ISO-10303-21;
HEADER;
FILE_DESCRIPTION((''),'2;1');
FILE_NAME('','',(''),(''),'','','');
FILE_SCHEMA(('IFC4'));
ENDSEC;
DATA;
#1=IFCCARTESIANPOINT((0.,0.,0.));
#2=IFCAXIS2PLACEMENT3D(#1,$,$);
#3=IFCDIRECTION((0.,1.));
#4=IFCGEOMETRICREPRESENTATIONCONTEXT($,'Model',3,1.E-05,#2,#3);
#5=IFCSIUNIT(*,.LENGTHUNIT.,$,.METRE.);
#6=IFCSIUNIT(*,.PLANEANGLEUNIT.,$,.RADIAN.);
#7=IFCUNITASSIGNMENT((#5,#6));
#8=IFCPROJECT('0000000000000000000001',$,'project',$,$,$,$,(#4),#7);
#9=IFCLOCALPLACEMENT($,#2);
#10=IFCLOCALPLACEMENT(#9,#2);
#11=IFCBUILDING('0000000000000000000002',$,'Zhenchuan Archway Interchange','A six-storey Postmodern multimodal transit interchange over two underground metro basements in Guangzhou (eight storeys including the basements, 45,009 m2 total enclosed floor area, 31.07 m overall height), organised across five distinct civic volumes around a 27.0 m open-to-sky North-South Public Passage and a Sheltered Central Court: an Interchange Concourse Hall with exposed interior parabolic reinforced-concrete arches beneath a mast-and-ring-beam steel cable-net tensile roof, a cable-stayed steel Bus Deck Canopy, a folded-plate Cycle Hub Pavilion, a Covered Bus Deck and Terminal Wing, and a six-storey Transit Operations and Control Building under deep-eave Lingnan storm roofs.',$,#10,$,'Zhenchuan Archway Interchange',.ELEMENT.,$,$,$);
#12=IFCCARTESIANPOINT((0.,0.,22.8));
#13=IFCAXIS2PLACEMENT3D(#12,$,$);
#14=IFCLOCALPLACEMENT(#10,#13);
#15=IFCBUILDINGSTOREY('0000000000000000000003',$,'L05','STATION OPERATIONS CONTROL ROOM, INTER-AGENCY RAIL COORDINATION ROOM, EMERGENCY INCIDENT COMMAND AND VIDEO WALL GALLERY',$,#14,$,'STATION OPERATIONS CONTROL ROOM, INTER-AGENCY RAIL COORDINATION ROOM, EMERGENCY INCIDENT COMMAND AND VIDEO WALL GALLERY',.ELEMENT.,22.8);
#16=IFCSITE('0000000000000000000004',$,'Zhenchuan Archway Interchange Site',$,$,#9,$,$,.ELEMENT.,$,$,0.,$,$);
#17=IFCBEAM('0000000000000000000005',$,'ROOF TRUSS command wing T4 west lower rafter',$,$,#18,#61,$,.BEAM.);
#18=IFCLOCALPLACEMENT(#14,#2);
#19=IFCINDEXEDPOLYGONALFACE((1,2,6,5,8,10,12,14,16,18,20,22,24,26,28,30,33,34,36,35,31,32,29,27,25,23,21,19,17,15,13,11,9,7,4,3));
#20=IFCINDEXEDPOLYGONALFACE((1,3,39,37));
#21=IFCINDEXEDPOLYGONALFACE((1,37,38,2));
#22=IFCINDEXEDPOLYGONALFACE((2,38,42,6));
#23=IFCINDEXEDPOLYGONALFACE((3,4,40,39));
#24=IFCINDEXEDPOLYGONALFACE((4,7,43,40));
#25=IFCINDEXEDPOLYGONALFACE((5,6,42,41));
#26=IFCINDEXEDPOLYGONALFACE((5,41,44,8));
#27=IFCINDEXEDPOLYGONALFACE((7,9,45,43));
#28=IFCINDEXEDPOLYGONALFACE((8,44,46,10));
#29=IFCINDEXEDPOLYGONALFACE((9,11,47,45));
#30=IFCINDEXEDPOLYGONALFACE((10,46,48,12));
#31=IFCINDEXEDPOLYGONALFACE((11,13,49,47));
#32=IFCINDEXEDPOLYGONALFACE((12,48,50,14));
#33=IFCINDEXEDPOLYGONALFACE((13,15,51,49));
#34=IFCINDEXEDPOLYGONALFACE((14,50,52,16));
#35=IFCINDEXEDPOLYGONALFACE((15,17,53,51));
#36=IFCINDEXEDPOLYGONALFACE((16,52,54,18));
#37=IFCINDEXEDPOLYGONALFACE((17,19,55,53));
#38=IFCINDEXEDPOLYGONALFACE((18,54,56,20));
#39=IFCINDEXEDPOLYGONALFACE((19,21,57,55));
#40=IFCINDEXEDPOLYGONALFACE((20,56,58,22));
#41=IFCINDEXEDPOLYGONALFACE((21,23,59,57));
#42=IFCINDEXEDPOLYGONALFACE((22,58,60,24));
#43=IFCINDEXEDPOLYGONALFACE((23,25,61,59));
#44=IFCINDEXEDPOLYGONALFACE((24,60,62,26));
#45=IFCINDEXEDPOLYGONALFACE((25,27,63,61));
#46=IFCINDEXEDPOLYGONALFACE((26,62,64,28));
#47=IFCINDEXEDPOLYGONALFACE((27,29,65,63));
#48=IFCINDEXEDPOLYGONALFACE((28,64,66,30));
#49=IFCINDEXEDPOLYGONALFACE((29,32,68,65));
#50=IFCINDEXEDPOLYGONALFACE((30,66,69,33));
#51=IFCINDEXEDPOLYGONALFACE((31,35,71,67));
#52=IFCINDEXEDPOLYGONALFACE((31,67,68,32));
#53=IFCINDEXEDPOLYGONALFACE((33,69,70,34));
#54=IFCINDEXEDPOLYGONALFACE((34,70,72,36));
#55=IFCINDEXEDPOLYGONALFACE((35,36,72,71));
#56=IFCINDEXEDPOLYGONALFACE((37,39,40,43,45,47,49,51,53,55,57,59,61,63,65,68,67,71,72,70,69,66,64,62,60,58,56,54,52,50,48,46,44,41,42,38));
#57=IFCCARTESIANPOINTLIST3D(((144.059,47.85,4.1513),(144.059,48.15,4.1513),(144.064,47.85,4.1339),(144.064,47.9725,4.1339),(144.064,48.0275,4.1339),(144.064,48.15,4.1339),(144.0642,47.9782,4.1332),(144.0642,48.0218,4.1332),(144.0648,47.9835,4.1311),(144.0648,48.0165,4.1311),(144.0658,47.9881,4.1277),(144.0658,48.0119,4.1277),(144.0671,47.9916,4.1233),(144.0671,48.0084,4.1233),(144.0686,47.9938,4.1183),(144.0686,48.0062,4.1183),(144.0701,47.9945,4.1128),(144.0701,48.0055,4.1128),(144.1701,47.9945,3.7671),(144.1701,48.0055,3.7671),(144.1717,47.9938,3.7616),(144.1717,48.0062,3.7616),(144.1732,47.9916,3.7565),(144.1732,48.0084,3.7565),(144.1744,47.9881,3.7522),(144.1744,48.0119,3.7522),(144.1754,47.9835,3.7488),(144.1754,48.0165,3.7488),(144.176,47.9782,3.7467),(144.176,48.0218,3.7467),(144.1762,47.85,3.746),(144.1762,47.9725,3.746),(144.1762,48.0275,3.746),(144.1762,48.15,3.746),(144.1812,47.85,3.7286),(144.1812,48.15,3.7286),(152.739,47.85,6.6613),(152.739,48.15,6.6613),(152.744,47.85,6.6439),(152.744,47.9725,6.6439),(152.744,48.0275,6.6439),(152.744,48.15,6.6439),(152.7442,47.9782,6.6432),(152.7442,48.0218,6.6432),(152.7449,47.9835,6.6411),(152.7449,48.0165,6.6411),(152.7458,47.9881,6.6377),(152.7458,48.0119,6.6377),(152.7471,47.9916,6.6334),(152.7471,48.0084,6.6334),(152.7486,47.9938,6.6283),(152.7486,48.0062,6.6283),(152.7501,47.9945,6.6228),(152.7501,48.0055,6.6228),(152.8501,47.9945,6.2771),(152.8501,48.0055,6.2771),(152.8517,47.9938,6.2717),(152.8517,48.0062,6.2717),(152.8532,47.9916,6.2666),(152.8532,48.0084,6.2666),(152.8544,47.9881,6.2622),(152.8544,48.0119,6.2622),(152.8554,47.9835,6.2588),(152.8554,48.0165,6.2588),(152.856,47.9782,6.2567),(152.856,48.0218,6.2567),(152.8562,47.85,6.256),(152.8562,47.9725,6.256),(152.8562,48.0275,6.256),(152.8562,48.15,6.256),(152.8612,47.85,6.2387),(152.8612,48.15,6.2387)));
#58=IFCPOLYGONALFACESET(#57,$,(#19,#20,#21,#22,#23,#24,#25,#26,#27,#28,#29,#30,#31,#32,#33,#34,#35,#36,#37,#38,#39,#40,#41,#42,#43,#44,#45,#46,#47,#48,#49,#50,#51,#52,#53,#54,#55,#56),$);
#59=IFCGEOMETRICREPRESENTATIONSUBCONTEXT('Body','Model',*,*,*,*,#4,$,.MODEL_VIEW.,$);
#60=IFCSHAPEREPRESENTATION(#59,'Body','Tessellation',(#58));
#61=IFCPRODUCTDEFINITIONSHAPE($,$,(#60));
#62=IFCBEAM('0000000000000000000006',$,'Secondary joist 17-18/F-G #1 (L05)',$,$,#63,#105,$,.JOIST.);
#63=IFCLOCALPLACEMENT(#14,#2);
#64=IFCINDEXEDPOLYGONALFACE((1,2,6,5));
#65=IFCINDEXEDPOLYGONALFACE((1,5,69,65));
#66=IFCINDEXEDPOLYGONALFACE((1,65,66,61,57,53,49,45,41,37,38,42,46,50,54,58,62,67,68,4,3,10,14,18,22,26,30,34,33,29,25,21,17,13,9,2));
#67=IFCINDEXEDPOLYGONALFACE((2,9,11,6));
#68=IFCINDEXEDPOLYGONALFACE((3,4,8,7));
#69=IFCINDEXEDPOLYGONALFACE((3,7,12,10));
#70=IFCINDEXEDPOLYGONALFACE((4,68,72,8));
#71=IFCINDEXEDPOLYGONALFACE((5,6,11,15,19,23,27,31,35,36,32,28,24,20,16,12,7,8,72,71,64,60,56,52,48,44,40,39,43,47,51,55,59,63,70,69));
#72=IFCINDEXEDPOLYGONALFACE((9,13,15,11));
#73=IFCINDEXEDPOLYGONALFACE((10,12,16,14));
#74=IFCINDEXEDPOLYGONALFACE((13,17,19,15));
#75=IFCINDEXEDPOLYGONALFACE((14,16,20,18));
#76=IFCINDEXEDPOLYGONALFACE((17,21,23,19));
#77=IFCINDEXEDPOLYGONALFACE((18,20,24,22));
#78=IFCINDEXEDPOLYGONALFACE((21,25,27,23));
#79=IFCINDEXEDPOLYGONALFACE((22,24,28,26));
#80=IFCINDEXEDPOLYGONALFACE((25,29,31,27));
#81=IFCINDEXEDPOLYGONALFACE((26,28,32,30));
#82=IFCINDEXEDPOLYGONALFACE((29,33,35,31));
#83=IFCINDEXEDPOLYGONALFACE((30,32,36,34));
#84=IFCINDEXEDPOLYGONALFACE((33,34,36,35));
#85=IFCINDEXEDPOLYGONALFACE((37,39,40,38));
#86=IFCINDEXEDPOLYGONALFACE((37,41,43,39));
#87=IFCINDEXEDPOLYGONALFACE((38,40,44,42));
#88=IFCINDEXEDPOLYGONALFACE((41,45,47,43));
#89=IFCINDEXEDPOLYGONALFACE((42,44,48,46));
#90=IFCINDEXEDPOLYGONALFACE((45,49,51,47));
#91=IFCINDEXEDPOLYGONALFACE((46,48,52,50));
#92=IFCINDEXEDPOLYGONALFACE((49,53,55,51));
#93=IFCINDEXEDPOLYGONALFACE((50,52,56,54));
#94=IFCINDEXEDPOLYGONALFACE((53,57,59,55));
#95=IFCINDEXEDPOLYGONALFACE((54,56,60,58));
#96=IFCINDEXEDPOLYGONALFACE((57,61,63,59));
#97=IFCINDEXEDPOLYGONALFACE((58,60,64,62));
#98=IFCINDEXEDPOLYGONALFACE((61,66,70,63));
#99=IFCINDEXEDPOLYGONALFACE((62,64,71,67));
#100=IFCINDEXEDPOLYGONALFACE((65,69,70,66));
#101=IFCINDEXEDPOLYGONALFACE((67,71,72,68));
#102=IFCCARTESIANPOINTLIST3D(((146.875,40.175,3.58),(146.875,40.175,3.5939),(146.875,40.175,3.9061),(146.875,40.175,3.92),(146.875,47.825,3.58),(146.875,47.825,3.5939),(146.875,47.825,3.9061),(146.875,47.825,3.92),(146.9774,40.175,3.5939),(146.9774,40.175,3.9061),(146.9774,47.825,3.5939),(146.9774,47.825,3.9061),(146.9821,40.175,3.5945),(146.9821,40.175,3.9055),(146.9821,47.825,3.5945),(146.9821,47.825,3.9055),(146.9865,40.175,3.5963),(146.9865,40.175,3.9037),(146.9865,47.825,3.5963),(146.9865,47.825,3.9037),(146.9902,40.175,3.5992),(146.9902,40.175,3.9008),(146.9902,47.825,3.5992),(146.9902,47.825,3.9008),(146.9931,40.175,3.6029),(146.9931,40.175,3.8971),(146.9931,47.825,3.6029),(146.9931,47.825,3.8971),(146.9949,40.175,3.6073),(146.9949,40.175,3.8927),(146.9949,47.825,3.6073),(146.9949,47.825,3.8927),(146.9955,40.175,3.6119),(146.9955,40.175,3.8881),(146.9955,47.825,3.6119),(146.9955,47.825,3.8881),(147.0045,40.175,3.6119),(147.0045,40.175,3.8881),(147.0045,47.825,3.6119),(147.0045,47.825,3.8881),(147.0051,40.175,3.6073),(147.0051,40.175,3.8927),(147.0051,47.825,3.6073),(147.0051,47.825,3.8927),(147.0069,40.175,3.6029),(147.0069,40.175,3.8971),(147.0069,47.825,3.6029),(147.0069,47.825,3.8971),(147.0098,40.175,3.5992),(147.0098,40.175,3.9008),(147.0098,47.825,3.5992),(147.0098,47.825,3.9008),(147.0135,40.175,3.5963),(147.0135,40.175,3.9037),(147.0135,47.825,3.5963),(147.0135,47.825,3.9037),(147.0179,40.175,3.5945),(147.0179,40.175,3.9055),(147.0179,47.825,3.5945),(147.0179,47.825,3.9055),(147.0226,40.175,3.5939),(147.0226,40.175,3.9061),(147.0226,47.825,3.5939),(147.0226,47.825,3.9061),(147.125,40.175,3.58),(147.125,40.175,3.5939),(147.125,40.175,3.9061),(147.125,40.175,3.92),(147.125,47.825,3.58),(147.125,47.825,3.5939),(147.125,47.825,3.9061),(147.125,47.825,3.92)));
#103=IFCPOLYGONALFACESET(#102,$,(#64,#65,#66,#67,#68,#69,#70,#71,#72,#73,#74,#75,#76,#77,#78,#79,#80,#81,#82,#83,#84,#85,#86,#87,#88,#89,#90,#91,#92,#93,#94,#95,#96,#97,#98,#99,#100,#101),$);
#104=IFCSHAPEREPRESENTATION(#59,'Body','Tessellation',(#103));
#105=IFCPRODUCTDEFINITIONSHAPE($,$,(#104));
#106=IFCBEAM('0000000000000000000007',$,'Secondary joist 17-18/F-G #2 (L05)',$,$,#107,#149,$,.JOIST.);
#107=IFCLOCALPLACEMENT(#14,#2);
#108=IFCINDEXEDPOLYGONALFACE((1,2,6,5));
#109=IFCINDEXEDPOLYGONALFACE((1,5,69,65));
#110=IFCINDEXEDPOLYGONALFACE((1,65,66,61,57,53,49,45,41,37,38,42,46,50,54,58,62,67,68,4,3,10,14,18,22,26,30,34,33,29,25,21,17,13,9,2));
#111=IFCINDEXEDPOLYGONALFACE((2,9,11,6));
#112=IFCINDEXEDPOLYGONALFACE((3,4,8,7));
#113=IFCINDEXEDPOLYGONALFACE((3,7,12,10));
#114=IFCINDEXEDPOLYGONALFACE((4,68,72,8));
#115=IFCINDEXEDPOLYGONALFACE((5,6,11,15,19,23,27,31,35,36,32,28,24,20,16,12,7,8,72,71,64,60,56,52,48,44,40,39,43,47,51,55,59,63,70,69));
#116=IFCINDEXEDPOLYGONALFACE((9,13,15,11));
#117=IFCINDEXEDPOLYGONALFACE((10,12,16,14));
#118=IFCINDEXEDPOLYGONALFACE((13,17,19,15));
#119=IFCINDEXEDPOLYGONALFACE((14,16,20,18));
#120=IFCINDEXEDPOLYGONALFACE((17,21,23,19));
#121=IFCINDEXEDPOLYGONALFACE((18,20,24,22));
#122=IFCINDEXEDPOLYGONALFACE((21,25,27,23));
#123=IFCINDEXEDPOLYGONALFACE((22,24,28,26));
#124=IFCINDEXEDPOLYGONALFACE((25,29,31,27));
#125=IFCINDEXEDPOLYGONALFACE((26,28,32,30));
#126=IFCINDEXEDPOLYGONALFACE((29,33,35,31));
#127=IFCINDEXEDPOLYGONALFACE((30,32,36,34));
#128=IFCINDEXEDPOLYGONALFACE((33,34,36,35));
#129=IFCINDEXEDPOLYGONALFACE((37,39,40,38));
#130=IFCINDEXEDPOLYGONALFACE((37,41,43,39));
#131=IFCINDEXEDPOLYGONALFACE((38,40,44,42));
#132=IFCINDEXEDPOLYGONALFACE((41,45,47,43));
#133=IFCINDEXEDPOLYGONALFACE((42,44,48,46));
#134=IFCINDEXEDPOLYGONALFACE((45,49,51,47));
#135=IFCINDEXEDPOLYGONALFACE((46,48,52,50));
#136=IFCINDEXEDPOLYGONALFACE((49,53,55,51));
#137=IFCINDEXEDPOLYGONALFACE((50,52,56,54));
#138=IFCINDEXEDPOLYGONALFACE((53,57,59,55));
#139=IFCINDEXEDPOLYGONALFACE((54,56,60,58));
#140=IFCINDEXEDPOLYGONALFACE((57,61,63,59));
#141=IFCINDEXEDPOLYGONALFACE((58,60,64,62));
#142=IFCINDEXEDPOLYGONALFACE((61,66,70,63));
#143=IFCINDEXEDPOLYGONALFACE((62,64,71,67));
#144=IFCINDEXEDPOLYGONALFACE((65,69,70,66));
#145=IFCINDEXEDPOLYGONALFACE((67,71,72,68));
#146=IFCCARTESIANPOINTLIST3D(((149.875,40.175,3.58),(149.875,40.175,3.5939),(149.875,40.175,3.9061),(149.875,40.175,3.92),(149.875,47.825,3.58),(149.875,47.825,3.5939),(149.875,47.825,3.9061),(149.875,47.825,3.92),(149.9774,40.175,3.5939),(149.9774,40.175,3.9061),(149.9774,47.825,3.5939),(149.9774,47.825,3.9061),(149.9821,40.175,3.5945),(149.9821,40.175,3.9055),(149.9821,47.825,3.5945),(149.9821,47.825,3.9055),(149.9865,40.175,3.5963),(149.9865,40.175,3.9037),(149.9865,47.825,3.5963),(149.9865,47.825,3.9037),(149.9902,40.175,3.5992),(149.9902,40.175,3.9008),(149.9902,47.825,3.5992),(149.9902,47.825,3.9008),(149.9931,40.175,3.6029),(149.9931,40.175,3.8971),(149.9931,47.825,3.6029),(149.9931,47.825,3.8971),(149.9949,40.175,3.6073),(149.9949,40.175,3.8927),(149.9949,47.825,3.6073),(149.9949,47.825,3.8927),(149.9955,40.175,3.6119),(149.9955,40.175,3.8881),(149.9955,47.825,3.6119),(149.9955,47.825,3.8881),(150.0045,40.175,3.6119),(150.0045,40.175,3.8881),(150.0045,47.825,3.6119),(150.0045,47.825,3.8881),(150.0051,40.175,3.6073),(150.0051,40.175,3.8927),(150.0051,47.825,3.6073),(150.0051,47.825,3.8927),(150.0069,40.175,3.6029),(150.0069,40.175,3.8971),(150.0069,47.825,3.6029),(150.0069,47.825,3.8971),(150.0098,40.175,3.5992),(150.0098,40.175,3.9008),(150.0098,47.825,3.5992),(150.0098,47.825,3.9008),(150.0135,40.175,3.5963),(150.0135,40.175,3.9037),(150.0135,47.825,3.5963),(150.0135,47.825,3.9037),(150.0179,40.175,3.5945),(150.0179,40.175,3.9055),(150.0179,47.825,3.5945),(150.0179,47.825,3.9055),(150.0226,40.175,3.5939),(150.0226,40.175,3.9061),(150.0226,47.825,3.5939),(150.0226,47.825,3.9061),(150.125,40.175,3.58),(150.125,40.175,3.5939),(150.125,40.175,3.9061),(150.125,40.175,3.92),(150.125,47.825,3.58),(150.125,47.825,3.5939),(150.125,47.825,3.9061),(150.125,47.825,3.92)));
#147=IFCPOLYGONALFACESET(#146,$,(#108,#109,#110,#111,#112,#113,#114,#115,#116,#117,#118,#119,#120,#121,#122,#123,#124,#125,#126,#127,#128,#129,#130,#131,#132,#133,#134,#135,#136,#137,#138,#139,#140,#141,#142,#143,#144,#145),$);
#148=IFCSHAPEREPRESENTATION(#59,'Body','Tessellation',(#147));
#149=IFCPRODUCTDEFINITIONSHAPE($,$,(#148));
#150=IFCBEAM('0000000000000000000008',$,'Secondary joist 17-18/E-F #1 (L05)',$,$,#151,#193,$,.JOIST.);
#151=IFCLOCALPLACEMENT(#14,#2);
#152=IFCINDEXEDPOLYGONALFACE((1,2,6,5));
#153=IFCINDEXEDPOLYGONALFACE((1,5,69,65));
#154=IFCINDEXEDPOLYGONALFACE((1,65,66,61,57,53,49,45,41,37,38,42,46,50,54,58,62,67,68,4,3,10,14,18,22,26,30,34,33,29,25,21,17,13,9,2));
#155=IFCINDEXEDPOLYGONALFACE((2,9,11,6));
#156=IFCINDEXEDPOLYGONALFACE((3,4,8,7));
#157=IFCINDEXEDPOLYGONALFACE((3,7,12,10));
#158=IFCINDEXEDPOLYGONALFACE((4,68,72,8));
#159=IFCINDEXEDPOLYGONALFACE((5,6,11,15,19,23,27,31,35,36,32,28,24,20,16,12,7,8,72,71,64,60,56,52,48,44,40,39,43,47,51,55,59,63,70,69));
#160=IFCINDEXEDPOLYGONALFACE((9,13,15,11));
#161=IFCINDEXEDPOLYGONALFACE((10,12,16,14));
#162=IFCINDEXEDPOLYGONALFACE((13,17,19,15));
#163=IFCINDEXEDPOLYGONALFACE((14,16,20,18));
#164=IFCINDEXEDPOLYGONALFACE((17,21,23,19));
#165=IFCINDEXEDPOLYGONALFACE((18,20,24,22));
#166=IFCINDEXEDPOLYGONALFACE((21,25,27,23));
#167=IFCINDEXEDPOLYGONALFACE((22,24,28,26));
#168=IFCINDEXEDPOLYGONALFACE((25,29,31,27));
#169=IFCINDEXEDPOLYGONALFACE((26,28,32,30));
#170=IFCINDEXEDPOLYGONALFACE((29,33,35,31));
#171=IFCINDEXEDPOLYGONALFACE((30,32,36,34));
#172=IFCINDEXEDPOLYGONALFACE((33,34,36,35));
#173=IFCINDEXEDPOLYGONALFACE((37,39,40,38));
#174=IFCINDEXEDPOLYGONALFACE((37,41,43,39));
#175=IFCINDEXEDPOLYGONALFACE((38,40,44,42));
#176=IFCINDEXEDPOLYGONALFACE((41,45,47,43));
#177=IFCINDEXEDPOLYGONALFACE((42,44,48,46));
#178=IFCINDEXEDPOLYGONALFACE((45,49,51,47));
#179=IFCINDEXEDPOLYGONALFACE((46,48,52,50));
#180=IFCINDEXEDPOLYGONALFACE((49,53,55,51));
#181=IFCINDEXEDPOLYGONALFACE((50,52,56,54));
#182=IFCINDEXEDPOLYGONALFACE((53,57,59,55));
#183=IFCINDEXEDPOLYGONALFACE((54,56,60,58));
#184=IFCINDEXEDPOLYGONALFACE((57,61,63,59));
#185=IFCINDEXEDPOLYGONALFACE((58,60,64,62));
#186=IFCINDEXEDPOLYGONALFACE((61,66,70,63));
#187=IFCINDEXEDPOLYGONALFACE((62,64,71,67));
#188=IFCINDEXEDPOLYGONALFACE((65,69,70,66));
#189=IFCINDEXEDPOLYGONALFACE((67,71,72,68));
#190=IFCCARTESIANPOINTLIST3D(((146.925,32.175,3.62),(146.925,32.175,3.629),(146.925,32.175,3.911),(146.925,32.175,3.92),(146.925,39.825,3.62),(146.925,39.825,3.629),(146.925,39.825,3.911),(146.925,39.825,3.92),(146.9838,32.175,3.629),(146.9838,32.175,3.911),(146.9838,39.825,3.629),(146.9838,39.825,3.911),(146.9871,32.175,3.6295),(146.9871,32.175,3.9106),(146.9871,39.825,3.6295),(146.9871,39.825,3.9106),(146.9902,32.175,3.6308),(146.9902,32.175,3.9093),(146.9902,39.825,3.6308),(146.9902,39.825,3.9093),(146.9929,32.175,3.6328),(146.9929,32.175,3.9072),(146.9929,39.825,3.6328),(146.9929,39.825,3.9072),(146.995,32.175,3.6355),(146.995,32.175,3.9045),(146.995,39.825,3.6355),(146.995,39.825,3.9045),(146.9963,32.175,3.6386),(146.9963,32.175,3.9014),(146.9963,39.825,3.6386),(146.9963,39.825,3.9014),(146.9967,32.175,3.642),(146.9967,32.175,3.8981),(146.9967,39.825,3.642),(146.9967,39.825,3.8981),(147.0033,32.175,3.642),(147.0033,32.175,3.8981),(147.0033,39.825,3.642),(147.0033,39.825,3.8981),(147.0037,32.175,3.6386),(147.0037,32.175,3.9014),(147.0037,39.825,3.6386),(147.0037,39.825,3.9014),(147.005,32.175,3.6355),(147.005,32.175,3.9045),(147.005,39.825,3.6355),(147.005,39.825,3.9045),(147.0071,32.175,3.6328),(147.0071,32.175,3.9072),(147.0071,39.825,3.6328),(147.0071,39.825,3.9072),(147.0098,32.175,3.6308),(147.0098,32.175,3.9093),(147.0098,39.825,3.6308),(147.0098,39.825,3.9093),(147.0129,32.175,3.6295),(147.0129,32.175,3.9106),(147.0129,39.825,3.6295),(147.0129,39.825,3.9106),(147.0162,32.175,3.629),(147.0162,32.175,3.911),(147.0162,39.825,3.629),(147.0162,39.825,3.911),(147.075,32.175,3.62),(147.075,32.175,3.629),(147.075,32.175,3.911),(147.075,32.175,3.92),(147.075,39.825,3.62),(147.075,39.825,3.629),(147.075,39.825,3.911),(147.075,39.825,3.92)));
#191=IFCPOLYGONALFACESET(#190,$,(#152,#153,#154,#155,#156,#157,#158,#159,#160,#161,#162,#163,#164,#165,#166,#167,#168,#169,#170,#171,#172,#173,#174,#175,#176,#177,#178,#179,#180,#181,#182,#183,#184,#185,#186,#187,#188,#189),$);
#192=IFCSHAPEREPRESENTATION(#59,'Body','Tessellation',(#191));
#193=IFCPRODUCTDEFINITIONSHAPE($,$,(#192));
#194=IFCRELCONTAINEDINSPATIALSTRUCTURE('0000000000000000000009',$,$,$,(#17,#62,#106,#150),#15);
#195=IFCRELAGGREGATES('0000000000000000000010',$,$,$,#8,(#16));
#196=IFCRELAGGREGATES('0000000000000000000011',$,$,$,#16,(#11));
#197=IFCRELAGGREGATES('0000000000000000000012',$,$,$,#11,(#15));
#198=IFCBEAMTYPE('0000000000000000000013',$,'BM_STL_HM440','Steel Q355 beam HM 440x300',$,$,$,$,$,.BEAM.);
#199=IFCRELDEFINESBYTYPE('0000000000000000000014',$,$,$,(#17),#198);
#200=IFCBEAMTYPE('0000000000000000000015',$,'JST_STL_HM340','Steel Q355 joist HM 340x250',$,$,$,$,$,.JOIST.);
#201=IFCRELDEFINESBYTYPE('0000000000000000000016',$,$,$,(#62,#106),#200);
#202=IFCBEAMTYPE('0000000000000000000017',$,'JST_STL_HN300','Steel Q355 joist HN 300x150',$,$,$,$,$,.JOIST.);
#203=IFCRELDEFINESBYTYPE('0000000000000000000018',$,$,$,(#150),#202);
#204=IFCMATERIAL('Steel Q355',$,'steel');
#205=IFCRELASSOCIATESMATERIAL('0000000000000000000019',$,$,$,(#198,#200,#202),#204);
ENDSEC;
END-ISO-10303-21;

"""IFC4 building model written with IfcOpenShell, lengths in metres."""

from ifc_helpers import new_model, si_unit, direction, frame, origin, origin_2d, place, context, subcontext, project, spatial, i_section, extrude, material, material_profile, profile_set, type_object, element, save


model = new_model("IFC4")

# Units and contexts
model_context = context("Model", 3, precision=1e-05, world=origin(), true_north=direction((0.0, 1.0)))
body_context = subcontext(model_context, "Body", "Model", "MODEL_VIEW")
ifc_project = project(units=[si_unit("LENGTHUNIT", "METRE"), si_unit("PLANEANGLEUNIT", "RADIAN")], contexts=[model_context])

# Site, building, storey
site_placement = place(None, origin())
site = spatial("IfcSite", under=ifc_project, at=site_placement, Name="Zhenchuan Archway Interchange Site", CompositionType="ELEMENT", RefElevation=0.0)
building_placement = place(site_placement, origin())
building = spatial("IfcBuilding", under=site, at=building_placement, Name="Zhenchuan Archway Interchange", Description="A six-storey Postmodern multimodal transit interchange over two underground metro basements in Guangzhou (eight storeys including the basements, 45,009 m2 total enclosed floor area, 31.07 m overall height), organised across five distinct civic volumes around a 27.0 m open-to-sky North-South Public Passage and a Sheltered Central Court: an Interchange Concourse Hall with exposed interior parabolic reinforced-concrete arches beneath a mast-and-ring-beam steel cable-net tensile roof, a cable-stayed steel Bus Deck Canopy, a folded-plate Cycle Hub Pavilion, a Covered Bus Deck and Terminal Wing, and a six-storey Transit Operations and Control Building under deep-eave Lingnan storm roofs.", LongName="Zhenchuan Archway Interchange", CompositionType="ELEMENT")
storey_placement = place(building_placement, frame((0.0, 0.0, 22.8)))
storey = spatial("IfcBuildingStorey", under=building, at=storey_placement, Name="L05", Description="STATION OPERATIONS CONTROL ROOM, INTER-AGENCY RAIL COORDINATION ROOM, EMERGENCY INCIDENT COMMAND AND VIDEO WALL GALLERY", LongName="STATION OPERATIONS CONTROL ROOM, INTER-AGENCY RAIL COORDINATION ROOM, EMERGENCY INCIDENT COMMAND AND VIDEO WALL GALLERY", CompositionType="ELEMENT", Elevation=22.8)

# Beams
ifc_material_1 = material(Name="Steel Q355", Category="steel")
ifc_material_profile_1 = material_profile(ifc_material_1, i_section(OverallWidth=0.3, OverallDepth=0.4399, WebThickness=0.011, FlangeThickness=0.0181, FilletRadius=0.022, at=origin_2d()), Name="HM 440x300")
ifc_profile_set_1 = profile_set([ifc_material_profile_1], Name="Steel Q355")
beam_type_1 = type_object("IfcBeamType", Name="BM_STL_HM440", Description="Steel Q355 beam HM 440x300", PredefinedType="BEAM", material=ifc_profile_set_1)
for number, where, z_axis, x_axis, name in (
    (1, (144.1201, 48.0, 3.9399), (0.960641, 0.0, 0.277792), (0.0, 1.0, 0.0), "ROOF TRUSS command wing T4 west lower rafter"),
):
    element("IfcBeam", number, at=place(storey_placement, frame(where, z_axis=z_axis, x_axis=x_axis)), inside=storey, type_object=beam_type_1, Name=name, PredefinedType="BEAM", context=body_context, shape_type="SweptSolid", body=[
        extrude(i_section(OverallWidth=0.3, OverallDepth=0.4399, WebThickness=0.011, FlangeThickness=0.0181, FilletRadius=0.022, at=origin_2d()), origin(), (0.0, 0.0, 1.0), 9.0356),
    ])
ifc_material_profile_2 = material_profile(ifc_material_1, i_section(OverallWidth=0.25, OverallDepth=0.3401, WebThickness=0.009, FlangeThickness=0.0139, FilletRadius=0.0181, at=origin_2d()), Name="HM 340x250")
ifc_profile_set_2 = profile_set([ifc_material_profile_2], Name="Steel Q355")
beam_type_2 = type_object("IfcBeamType", Name="JST_STL_HM340", Description="Steel Q355 joist HM 340x250", PredefinedType="JOIST", material=ifc_profile_set_2)
for number, where, z_axis, x_axis, name in (
    (2, (147.0, 40.175, 3.75), (0.0, 1.0, 0.0), (-1.0, 0.0, 0.0), "Secondary joist 17-18/F-G #1 (L05)"),
    (3, (150.0, 40.175, 3.75), (0.0, 1.0, 0.0), (-1.0, 0.0, 0.0), "Secondary joist 17-18/F-G #2 (L05)"),
):
    element("IfcBeam", number, at=place(storey_placement, frame(where, z_axis=z_axis, x_axis=x_axis)), inside=storey, type_object=beam_type_2, Name=name, PredefinedType="JOIST", context=body_context, shape_type="SweptSolid", body=[
        extrude(i_section(OverallWidth=0.25, OverallDepth=0.3401, WebThickness=0.009, FlangeThickness=0.0139, FilletRadius=0.0181, at=origin_2d()), origin(), (0.0, 0.0, 1.0), 7.6499),
    ])
ifc_material_profile_3 = material_profile(ifc_material_1, i_section(OverallWidth=0.1499, OverallDepth=0.3, WebThickness=0.0066, FlangeThickness=0.009, FilletRadius=0.0129, at=origin_2d()), Name="HN 300x150")
ifc_profile_set_3 = profile_set([ifc_material_profile_3], Name="Steel Q355")
beam_type_3 = type_object("IfcBeamType", Name="JST_STL_HN300", Description="Steel Q355 joist HN 300x150", PredefinedType="JOIST", material=ifc_profile_set_3)
for number, where, z_axis, x_axis, name in (
    (4, (147.0, 32.175, 3.77), (0.0, 1.0, 0.0), (-1.0, 0.0, 0.0), "Secondary joist 17-18/E-F #1 (L05)"),
):
    element("IfcBeam", number, at=place(storey_placement, frame(where, z_axis=z_axis, x_axis=x_axis)), inside=storey, type_object=beam_type_3, Name=name, PredefinedType="JOIST", context=body_context, shape_type="SweptSolid", body=[
        extrude(i_section(OverallWidth=0.1499, OverallDepth=0.3, WebThickness=0.0066, FlangeThickness=0.009, FilletRadius=0.0129, at=origin_2d()), origin(), (0.0, 0.0, 1.0), 7.6499),
    ])

save(model, "model.ifc")
